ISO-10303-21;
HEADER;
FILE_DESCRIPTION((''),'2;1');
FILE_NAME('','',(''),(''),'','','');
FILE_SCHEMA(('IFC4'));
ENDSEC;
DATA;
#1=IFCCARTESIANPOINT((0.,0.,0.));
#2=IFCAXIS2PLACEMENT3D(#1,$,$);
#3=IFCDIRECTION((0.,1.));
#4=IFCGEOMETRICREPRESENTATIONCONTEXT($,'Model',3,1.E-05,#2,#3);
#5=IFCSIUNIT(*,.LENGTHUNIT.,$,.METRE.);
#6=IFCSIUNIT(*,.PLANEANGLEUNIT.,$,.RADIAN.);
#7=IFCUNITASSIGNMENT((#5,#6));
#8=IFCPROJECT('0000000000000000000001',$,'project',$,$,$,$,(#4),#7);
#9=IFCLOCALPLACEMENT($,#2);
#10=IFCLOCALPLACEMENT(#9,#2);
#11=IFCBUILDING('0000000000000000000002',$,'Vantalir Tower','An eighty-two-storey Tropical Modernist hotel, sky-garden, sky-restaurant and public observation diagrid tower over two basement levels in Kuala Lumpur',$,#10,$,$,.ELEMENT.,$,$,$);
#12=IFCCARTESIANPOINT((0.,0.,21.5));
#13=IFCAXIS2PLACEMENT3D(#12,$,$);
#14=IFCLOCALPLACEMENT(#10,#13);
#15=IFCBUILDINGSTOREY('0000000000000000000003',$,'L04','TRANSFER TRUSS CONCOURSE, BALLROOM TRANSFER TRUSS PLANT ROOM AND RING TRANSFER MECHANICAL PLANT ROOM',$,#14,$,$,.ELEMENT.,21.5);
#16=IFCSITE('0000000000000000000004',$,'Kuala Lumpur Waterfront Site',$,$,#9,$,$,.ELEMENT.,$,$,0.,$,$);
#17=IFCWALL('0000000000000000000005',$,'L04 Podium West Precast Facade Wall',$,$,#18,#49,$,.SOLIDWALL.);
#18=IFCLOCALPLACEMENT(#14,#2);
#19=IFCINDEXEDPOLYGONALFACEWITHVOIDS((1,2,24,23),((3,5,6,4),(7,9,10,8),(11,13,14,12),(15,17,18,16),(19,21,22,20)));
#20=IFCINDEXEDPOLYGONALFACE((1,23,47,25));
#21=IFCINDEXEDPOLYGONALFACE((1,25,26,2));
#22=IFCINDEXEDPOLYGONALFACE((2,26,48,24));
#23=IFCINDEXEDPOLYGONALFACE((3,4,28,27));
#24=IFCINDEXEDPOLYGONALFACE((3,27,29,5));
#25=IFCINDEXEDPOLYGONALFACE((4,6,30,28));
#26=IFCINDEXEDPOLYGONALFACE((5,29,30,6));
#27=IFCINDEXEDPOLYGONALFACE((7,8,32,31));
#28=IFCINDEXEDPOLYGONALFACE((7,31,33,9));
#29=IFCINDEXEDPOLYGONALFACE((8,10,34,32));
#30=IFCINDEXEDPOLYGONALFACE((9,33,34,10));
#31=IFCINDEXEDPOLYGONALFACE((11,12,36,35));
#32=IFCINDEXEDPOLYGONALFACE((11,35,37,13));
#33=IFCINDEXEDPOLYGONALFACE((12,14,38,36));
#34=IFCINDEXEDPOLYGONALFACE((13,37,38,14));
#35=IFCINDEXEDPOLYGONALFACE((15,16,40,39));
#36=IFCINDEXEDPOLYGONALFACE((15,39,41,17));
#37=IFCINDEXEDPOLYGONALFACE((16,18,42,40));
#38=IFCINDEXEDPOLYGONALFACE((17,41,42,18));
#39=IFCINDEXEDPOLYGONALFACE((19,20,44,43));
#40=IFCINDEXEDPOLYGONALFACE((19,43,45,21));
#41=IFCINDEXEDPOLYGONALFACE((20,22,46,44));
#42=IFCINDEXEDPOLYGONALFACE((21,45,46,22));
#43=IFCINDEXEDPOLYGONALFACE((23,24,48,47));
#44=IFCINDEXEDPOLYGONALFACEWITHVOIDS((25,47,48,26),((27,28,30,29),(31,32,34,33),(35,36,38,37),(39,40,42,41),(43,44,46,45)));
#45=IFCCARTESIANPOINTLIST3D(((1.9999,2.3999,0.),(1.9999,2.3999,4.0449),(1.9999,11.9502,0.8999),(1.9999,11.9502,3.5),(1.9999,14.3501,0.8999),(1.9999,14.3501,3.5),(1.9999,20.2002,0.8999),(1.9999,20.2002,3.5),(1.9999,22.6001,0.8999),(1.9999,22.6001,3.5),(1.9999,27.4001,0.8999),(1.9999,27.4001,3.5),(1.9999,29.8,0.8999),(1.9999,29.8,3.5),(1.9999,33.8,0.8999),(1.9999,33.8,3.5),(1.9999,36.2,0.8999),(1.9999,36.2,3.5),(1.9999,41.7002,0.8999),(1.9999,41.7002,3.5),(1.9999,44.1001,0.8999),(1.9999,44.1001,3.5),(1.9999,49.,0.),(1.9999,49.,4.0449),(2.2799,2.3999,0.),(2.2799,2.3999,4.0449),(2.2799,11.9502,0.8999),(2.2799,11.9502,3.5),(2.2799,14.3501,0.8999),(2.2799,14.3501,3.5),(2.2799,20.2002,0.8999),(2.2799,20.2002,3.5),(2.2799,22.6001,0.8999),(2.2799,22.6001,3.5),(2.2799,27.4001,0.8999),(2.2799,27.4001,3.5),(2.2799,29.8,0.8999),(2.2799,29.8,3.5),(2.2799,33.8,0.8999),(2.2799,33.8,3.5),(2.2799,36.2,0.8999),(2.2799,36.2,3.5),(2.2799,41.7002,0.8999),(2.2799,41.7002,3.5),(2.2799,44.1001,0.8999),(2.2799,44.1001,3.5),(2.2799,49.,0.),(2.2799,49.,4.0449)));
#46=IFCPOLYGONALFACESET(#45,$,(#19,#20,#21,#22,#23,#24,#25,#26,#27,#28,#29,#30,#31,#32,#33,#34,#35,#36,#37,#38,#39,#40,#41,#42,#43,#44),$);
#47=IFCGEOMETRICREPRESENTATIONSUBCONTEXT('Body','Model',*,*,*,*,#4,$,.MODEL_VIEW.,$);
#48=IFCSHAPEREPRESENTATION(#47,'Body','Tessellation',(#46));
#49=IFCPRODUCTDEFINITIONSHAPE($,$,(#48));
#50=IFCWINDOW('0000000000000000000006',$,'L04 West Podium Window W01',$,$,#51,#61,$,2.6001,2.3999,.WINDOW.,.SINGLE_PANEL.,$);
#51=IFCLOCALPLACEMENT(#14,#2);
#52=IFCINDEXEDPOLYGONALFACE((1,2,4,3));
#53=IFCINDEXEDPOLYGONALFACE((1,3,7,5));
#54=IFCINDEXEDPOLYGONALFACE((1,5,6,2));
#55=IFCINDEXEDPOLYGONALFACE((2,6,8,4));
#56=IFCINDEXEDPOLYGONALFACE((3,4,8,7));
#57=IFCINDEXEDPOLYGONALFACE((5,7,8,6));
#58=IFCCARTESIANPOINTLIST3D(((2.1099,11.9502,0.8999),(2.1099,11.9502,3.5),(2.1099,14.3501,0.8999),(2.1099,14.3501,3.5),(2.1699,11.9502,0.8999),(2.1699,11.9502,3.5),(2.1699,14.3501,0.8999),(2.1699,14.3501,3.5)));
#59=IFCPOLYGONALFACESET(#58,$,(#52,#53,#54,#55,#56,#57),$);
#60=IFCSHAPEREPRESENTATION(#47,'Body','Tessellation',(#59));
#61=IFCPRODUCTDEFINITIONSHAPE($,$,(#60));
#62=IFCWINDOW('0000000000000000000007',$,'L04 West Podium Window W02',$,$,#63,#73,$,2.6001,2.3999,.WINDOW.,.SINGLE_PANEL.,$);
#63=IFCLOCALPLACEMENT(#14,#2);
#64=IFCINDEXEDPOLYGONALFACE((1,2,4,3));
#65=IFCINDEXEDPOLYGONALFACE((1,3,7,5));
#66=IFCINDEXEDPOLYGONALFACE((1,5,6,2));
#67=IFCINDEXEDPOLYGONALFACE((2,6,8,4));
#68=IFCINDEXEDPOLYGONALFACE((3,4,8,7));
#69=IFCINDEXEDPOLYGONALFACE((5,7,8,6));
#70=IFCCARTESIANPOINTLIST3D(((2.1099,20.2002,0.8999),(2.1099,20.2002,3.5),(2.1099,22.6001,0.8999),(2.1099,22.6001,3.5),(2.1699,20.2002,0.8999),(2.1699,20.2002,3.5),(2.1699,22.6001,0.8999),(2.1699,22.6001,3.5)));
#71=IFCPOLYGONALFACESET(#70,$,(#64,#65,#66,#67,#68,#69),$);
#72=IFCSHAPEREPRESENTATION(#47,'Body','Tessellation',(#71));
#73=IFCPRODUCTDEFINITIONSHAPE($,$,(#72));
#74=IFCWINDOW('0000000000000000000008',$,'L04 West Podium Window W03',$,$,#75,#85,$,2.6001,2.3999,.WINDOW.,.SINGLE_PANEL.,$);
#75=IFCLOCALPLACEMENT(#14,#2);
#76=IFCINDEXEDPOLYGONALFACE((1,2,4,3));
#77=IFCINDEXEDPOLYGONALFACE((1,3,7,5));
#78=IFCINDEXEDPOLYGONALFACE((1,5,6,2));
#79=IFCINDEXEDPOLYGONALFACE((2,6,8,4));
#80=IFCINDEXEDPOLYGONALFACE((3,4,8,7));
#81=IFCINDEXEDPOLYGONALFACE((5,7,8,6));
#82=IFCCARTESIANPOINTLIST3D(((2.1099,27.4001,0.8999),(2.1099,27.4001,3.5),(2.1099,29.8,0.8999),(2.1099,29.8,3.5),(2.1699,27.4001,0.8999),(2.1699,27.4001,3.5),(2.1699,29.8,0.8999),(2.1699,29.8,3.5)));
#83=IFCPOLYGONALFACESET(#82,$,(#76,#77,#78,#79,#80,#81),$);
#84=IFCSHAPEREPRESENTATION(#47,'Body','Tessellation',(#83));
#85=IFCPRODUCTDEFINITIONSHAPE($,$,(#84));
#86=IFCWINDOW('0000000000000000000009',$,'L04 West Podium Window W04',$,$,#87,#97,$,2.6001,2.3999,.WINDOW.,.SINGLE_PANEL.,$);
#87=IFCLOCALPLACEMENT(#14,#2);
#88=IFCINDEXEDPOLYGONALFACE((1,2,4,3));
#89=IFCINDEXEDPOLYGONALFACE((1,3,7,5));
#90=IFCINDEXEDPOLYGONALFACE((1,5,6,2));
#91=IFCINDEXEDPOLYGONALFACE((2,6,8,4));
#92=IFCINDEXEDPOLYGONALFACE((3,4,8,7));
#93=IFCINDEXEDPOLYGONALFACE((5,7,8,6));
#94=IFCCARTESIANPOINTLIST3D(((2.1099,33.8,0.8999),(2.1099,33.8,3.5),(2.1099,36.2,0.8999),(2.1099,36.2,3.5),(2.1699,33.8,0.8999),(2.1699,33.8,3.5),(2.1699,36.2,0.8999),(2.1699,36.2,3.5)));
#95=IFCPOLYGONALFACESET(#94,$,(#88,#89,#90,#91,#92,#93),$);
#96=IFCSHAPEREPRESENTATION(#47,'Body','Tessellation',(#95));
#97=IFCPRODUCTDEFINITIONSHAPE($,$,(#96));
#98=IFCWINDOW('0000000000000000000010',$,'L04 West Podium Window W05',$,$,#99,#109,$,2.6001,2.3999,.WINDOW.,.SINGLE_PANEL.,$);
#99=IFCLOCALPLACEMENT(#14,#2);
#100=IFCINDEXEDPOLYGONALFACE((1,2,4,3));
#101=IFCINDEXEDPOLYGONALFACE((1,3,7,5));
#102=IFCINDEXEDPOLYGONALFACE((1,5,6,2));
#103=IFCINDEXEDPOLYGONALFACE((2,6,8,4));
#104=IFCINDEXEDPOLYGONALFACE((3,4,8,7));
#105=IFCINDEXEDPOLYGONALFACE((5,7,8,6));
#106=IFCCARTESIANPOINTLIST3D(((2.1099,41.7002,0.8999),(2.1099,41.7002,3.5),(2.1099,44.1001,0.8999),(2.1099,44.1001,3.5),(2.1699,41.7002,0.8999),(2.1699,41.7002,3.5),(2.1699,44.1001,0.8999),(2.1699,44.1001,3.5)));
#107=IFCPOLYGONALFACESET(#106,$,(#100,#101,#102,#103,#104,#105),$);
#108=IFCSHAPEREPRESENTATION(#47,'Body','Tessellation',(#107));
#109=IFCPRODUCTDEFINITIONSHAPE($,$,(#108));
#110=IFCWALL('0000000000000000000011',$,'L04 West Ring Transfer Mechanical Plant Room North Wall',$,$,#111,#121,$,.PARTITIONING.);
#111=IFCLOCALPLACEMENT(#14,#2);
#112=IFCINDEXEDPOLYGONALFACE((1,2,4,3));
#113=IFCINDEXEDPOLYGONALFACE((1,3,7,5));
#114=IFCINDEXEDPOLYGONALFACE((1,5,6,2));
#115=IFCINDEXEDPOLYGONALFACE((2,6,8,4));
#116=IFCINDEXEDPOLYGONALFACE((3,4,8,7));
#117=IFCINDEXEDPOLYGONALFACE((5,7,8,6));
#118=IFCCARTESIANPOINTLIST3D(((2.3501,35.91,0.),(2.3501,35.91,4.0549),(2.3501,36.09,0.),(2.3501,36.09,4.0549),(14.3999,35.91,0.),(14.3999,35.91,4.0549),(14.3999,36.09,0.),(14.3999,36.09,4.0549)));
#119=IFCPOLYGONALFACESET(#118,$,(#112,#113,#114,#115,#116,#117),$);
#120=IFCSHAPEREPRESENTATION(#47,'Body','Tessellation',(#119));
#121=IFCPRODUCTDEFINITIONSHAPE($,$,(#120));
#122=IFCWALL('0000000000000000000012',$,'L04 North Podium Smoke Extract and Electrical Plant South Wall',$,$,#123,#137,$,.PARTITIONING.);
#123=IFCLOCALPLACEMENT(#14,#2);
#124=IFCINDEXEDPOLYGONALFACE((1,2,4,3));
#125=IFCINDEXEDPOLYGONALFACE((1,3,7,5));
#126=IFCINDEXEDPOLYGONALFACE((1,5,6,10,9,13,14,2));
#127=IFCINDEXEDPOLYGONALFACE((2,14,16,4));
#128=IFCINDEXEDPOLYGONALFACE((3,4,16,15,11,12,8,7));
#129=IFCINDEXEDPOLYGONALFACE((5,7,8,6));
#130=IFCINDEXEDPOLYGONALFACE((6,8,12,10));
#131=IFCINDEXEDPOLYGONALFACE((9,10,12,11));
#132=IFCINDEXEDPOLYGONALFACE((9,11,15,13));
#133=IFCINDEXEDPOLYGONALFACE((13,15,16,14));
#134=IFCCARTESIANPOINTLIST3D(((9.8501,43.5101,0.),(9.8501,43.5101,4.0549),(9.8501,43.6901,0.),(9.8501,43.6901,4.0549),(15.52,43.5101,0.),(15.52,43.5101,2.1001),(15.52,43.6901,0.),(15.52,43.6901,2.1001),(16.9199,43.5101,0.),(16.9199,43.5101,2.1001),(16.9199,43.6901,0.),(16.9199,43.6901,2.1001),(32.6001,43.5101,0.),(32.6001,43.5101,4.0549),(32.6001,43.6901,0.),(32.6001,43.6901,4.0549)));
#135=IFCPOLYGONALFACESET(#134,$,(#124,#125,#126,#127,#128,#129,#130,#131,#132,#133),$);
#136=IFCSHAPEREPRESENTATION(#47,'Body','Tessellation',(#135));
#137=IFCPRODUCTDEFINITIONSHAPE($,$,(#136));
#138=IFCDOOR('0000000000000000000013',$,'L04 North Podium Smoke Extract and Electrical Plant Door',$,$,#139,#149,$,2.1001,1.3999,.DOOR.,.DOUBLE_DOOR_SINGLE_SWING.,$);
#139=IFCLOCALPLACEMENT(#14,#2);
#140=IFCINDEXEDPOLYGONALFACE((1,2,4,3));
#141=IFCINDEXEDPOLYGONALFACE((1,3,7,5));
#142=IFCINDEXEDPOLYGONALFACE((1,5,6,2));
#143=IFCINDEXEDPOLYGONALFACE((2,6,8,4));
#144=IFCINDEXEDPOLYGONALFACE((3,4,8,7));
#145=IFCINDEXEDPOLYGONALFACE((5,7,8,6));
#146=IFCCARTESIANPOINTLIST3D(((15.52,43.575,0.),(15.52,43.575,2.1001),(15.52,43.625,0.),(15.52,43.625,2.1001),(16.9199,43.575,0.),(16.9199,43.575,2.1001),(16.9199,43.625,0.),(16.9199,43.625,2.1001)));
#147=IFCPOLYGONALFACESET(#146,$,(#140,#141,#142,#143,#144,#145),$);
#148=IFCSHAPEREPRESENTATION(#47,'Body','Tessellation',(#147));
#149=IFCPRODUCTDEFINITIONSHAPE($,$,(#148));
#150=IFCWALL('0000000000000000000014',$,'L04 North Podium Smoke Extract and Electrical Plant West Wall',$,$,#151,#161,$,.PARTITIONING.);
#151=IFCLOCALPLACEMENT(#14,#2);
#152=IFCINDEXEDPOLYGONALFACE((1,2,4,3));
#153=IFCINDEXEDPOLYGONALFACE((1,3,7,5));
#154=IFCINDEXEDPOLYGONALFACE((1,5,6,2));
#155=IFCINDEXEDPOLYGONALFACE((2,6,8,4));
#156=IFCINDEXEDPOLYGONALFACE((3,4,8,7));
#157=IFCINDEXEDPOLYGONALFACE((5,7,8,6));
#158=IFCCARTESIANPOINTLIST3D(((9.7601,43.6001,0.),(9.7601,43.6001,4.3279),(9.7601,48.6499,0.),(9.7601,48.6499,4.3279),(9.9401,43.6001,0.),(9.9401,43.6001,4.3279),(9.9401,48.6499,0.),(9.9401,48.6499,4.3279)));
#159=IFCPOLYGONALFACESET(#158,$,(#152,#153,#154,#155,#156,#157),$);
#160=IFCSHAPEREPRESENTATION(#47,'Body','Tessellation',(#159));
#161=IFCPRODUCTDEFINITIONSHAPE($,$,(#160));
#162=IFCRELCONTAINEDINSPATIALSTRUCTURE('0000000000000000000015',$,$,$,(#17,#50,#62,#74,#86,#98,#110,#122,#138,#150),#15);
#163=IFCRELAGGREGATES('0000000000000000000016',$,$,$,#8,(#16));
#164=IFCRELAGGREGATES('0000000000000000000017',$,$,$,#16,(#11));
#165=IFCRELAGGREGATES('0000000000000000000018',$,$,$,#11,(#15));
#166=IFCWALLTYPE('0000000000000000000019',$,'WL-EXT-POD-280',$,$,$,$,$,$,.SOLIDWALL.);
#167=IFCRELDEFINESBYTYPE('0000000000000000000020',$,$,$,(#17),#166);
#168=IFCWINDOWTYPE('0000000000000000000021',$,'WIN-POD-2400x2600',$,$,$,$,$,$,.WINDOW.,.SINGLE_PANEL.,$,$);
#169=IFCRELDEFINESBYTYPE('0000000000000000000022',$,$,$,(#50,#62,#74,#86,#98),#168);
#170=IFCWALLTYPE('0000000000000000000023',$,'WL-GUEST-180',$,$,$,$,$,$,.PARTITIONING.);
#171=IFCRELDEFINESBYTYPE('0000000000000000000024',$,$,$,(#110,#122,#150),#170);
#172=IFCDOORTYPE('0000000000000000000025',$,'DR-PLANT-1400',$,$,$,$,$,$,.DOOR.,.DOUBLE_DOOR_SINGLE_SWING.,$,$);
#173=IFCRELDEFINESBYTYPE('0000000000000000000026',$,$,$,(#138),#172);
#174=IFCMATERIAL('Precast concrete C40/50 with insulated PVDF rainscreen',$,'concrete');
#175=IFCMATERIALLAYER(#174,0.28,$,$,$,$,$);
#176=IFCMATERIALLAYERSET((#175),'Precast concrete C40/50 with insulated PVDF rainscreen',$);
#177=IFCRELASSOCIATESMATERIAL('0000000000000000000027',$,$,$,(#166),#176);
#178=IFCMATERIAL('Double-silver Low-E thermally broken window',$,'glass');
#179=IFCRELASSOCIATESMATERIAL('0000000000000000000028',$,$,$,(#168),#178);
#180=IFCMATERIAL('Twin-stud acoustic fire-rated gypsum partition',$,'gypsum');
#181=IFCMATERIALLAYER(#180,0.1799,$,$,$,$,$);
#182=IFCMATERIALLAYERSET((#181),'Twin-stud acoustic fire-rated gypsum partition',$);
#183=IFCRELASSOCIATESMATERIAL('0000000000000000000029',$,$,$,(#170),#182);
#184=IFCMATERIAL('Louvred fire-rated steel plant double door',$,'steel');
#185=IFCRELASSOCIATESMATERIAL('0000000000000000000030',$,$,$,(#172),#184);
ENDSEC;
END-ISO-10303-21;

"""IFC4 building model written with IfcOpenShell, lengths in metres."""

from ifc_helpers import new_model, si_unit, direction, frame, frame_2d, origin, place, context, subcontext, project, spatial, rectangle, extrude, material, layer, layer_set, type_object, element, fill, save


model = new_model("IFC4")

# Units and contexts
model_context = context("Model", 3, precision=1e-05, world=origin(), true_north=direction((0.0, 1.0)))
body_context = subcontext(model_context, "Body", "Model", "MODEL_VIEW")
ifc_project = project(units=[si_unit("LENGTHUNIT", "METRE"), si_unit("PLANEANGLEUNIT", "RADIAN")], contexts=[model_context])

# Site, building, storey
site_placement = place(None, origin())
site = spatial("IfcSite", under=ifc_project, at=site_placement, Name="Kuala Lumpur Waterfront Site", CompositionType="ELEMENT", RefElevation=0.0)
building_placement = place(site_placement, origin())
building = spatial("IfcBuilding", under=site, at=building_placement, Name="Vantalir Tower", Description="An eighty-two-storey Tropical Modernist hotel, sky-garden, sky-restaurant and public observation diagrid tower over two basement levels in Kuala Lumpur", CompositionType="ELEMENT")
storey_placement = place(building_placement, frame((0.0, 0.0, 21.5)))
storey = spatial("IfcBuildingStorey", under=building, at=storey_placement, Name="L04", Description="TRANSFER TRUSS CONCOURSE, BALLROOM TRANSFER TRUSS PLANT ROOM AND RING TRANSFER MECHANICAL PLANT ROOM", CompositionType="ELEMENT", Elevation=21.5)

# Wall, openings, windows
ifc_material_1 = material(Name="Precast concrete C40/50 with insulated PVDF rainscreen", Category="concrete")
ifc_layer_1 = layer(ifc_material_1, 0.28)
ifc_layer_set_1 = layer_set([ifc_layer_1], Name="Precast concrete C40/50 with insulated PVDF rainscreen")
wall_type_1 = type_object("IfcWallType", Name="WL-EXT-POD-280", PredefinedType="SOLIDWALL", material=ifc_layer_set_1)
wall_1_placement = place(storey_placement, frame((2.1399, 49.0, 0.0), z_axis=(0.0, 0.0, 1.0), x_axis=(0.0, -1.0, 0.0)))
wall_1 = element("IfcWall", 1, at=wall_1_placement, inside=storey, type_object=wall_type_1, Name="L04 Podium West Precast Facade Wall", PredefinedType="SOLIDWALL", context=body_context, shape_type="SweptSolid", body=[
    extrude(rectangle(XDim=46.6001, YDim=0.28, at=frame_2d((23.3, 0.0))), origin(), (0.0, 0.0, 1.0), 4.0449),
])
opening_1_placement = place(wall_1_placement, frame((34.6499, 0.0, 0.8999)))
opening_1 = element("IfcOpeningElement", 2, at=opening_1_placement, cuts=wall_1, PredefinedType="OPENING", context=body_context, shape_type="SweptSolid", body=[
    extrude(rectangle(XDim=2.3999, YDim=2.6001, at=frame_2d((1.2, 1.3))), frame((0.0, 0.1499, 0.0), z_axis=(0.0, -1.0, 0.0), x_axis=(1.0, 0.0, 0.0)), (0.0, 0.0, 1.0), 0.3),
])
opening_2_placement = place(wall_1_placement, frame((26.3999, 0.0, 0.8999)))
opening_2 = element("IfcOpeningElement", 3, at=opening_2_placement, cuts=wall_1, PredefinedType="OPENING", context=body_context, shape_type="SweptSolid", body=[
    extrude(rectangle(XDim=2.3999, YDim=2.6001, at=frame_2d((1.2, 1.3))), frame((0.0, 0.1499, 0.0), z_axis=(0.0, -1.0, 0.0), x_axis=(1.0, 0.0, 0.0)), (0.0, 0.0, 1.0), 0.3),
])
opening_3_placement = place(wall_1_placement, frame((19.2, 0.0, 0.8999)))
opening_3 = element("IfcOpeningElement", 4, at=opening_3_placement, cuts=wall_1, PredefinedType="OPENING", context=body_context, shape_type="SweptSolid", body=[
    extrude(rectangle(XDim=2.3999, YDim=2.6001, at=frame_2d((1.2, 1.3))), frame((0.0, 0.1499, 0.0), z_axis=(0.0, -1.0, 0.0), x_axis=(1.0, 0.0, 0.0)), (0.0, 0.0, 1.0), 0.3),
])
opening_4_placement = place(wall_1_placement, frame((12.8, 0.0, 0.8999)))
opening_4 = element("IfcOpeningElement", 5, at=opening_4_placement, cuts=wall_1, PredefinedType="OPENING", context=body_context, shape_type="SweptSolid", body=[
    extrude(rectangle(XDim=2.3999, YDim=2.6001, at=frame_2d((1.2, 1.3))), frame((0.0, 0.1499, 0.0), z_axis=(0.0, -1.0, 0.0), x_axis=(1.0, 0.0, 0.0)), (0.0, 0.0, 1.0), 0.3),
])
opening_5_placement = place(wall_1_placement, frame((4.8999, 0.0, 0.8999)))
opening_5 = element("IfcOpeningElement", 6, at=opening_5_placement, cuts=wall_1, PredefinedType="OPENING", context=body_context, shape_type="SweptSolid", body=[
    extrude(rectangle(XDim=2.3999, YDim=2.6001, at=frame_2d((1.2, 1.3))), frame((0.0, 0.1499, 0.0), z_axis=(0.0, -1.0, 0.0), x_axis=(1.0, 0.0, 0.0)), (0.0, 0.0, 1.0), 0.3),
])
ifc_material_2 = material(Name="Double-silver Low-E thermally broken window", Category="glass")
window_type = type_object("IfcWindowType", Name="WIN-POD-2400x2600", PartitioningType="SINGLE_PANEL", PredefinedType="WINDOW", material=ifc_material_2)
window_1_placement = place(opening_1_placement, origin())
window_1 = element("IfcWindow", 7, at=window_1_placement, inside=storey, type_object=window_type, Name="L04 West Podium Window W01", OverallHeight=2.6001, OverallWidth=2.3999, PartitioningType="SINGLE_PANEL", PredefinedType="WINDOW", context=body_context, shape_type="SweptSolid", body=[
    extrude(rectangle(XDim=2.3999, YDim=2.6001, at=frame_2d((1.2, 1.3))), frame((0.0, 0.03, 0.0), z_axis=(0.0, -1.0, 0.0), x_axis=(1.0, 0.0, 0.0)), (0.0, 0.0, 1.0), 0.0601),
])
fill(opening_1, window_1)
window_2_placement = place(opening_2_placement, origin())
window_2 = element("IfcWindow", 8, at=window_2_placement, inside=storey, type_object=window_type, Name="L04 West Podium Window W02", OverallHeight=2.6001, OverallWidth=2.3999, PartitioningType="SINGLE_PANEL", PredefinedType="WINDOW", context=body_context, shape_type="SweptSolid", body=[
    extrude(rectangle(XDim=2.3999, YDim=2.6001, at=frame_2d((1.2, 1.3))), frame((0.0, 0.03, 0.0), z_axis=(0.0, -1.0, 0.0), x_axis=(1.0, 0.0, 0.0)), (0.0, 0.0, 1.0), 0.0601),
])
fill(opening_2, window_2)
window_3_placement = place(opening_3_placement, origin())
window_3 = element("IfcWindow", 9, at=window_3_placement, inside=storey, type_object=window_type, Name="L04 West Podium Window W03", OverallHeight=2.6001, OverallWidth=2.3999, PartitioningType="SINGLE_PANEL", PredefinedType="WINDOW", context=body_context, shape_type="SweptSolid", body=[
    extrude(rectangle(XDim=2.3999, YDim=2.6001, at=frame_2d((1.2, 1.3))), frame((0.0, 0.03, 0.0), z_axis=(0.0, -1.0, 0.0), x_axis=(1.0, 0.0, 0.0)), (0.0, 0.0, 1.0), 0.0601),
])
fill(opening_3, window_3)
window_4_placement = place(opening_4_placement, origin())
window_4 = element("IfcWindow", 10, at=window_4_placement, inside=storey, type_object=window_type, Name="L04 West Podium Window W04", OverallHeight=2.6001, OverallWidth=2.3999, PartitioningType="SINGLE_PANEL", PredefinedType="WINDOW", context=body_context, shape_type="SweptSolid", body=[
    extrude(rectangle(XDim=2.3999, YDim=2.6001, at=frame_2d((1.2, 1.3))), frame((0.0, 0.03, 0.0), z_axis=(0.0, -1.0, 0.0), x_axis=(1.0, 0.0, 0.0)), (0.0, 0.0, 1.0), 0.0601),
])
fill(opening_4, window_4)
window_5_placement = place(opening_5_placement, origin())
window_5 = element("IfcWindow", 11, at=window_5_placement, inside=storey, type_object=window_type, Name="L04 West Podium Window W05", OverallHeight=2.6001, OverallWidth=2.3999, PartitioningType="SINGLE_PANEL", PredefinedType="WINDOW", context=body_context, shape_type="SweptSolid", body=[
    extrude(rectangle(XDim=2.3999, YDim=2.6001, at=frame_2d((1.2, 1.3))), frame((0.0, 0.03, 0.0), z_axis=(0.0, -1.0, 0.0), x_axis=(1.0, 0.0, 0.0)), (0.0, 0.0, 1.0), 0.0601),
])
fill(opening_5, window_5)

# Wall
ifc_material_3 = material(Name="Twin-stud acoustic fire-rated gypsum partition", Category="gypsum")
ifc_layer_2 = layer(ifc_material_3, 0.1799)
ifc_layer_set_2 = layer_set([ifc_layer_2], Name="Twin-stud acoustic fire-rated gypsum partition")
wall_type_2 = type_object("IfcWallType", Name="WL-GUEST-180", PredefinedType="PARTITIONING", material=ifc_layer_set_2)
wall_2_placement = place(storey_placement, frame((2.3501, 36.0, 0.0), z_axis=(0.0, 0.0, 1.0), x_axis=(1.0, 0.0, 0.0)))
element("IfcWall", 12, at=wall_2_placement, inside=storey, type_object=wall_type_2, Name="L04 West Ring Transfer Mechanical Plant Room North Wall", PredefinedType="PARTITIONING", context=body_context, shape_type="SweptSolid", body=[
    extrude(rectangle(XDim=12.0498, YDim=0.1799, at=frame_2d((6.0249, 0.0))), origin(), (0.0, 0.0, 1.0), 4.0549),
])

# Wall, opening, door
wall_3_placement = place(storey_placement, frame((9.8501, 43.6001, 0.0), z_axis=(0.0, 0.0, 1.0), x_axis=(1.0, 0.0, 0.0)))
wall_3 = element("IfcWall", 13, at=wall_3_placement, inside=storey, type_object=wall_type_2, Name="L04 North Podium Smoke Extract and Electrical Plant South Wall", PredefinedType="PARTITIONING", context=body_context, shape_type="SweptSolid", body=[
    extrude(rectangle(XDim=22.75, YDim=0.1799, at=frame_2d((11.375, 0.0))), origin(), (0.0, 0.0, 1.0), 4.0549),
])
opening_6_placement = place(wall_3_placement, frame((5.6699, 0.0, 0.0)))
opening_6 = element("IfcOpeningElement", 14, at=opening_6_placement, cuts=wall_3, PredefinedType="OPENING", context=body_context, shape_type="SweptSolid", body=[
    extrude(rectangle(XDim=1.3999, YDim=2.1001, at=frame_2d((0.7, 1.05))), frame((0.0, 0.0999, 0.0), z_axis=(0.0, -1.0, 0.0), x_axis=(1.0, 0.0, 0.0)), (0.0, 0.0, 1.0), 0.2),
])
ifc_material_4 = material(Name="Louvred fire-rated steel plant double door", Category="steel")
door_type_1 = type_object("IfcDoorType", Name="DR-PLANT-1400", OperationType="DOUBLE_DOOR_SINGLE_SWING", PredefinedType="DOOR", material=ifc_material_4)
door_1_placement = place(opening_6_placement, origin())
door_1 = element("IfcDoor", 15, at=door_1_placement, inside=storey, type_object=door_type_1, Name="L04 North Podium Smoke Extract and Electrical Plant Door", OperationType="DOUBLE_DOOR_SINGLE_SWING", OverallHeight=2.1001, OverallWidth=1.3999, PredefinedType="DOOR", context=body_context, shape_type="SweptSolid", body=[
    extrude(rectangle(XDim=1.3999, YDim=2.1001, at=frame_2d((0.7, 1.05))), frame((0.0, 0.0249, 0.0), z_axis=(0.0, -1.0, 0.0), x_axis=(1.0, 0.0, 0.0)), (0.0, 0.0, 1.0), 0.05),
])
fill(opening_6, door_1)

# Wall
wall_4_placement = place(storey_placement, frame((9.8501, 43.6001, 0.0), z_axis=(0.0, 0.0, 1.0), x_axis=(0.0, 1.0, 0.0)))
element("IfcWall", 16, at=wall_4_placement, inside=storey, type_object=wall_type_2, Name="L04 North Podium Smoke Extract and Electrical Plant West Wall", PredefinedType="PARTITIONING", context=body_context, shape_type="SweptSolid", body=[
    extrude(rectangle(XDim=5.0498, YDim=0.1799, at=frame_2d((2.5249, 0.0))), origin(), (0.0, 0.0, 1.0), 4.3279),
])

save(model, "model.ifc")
